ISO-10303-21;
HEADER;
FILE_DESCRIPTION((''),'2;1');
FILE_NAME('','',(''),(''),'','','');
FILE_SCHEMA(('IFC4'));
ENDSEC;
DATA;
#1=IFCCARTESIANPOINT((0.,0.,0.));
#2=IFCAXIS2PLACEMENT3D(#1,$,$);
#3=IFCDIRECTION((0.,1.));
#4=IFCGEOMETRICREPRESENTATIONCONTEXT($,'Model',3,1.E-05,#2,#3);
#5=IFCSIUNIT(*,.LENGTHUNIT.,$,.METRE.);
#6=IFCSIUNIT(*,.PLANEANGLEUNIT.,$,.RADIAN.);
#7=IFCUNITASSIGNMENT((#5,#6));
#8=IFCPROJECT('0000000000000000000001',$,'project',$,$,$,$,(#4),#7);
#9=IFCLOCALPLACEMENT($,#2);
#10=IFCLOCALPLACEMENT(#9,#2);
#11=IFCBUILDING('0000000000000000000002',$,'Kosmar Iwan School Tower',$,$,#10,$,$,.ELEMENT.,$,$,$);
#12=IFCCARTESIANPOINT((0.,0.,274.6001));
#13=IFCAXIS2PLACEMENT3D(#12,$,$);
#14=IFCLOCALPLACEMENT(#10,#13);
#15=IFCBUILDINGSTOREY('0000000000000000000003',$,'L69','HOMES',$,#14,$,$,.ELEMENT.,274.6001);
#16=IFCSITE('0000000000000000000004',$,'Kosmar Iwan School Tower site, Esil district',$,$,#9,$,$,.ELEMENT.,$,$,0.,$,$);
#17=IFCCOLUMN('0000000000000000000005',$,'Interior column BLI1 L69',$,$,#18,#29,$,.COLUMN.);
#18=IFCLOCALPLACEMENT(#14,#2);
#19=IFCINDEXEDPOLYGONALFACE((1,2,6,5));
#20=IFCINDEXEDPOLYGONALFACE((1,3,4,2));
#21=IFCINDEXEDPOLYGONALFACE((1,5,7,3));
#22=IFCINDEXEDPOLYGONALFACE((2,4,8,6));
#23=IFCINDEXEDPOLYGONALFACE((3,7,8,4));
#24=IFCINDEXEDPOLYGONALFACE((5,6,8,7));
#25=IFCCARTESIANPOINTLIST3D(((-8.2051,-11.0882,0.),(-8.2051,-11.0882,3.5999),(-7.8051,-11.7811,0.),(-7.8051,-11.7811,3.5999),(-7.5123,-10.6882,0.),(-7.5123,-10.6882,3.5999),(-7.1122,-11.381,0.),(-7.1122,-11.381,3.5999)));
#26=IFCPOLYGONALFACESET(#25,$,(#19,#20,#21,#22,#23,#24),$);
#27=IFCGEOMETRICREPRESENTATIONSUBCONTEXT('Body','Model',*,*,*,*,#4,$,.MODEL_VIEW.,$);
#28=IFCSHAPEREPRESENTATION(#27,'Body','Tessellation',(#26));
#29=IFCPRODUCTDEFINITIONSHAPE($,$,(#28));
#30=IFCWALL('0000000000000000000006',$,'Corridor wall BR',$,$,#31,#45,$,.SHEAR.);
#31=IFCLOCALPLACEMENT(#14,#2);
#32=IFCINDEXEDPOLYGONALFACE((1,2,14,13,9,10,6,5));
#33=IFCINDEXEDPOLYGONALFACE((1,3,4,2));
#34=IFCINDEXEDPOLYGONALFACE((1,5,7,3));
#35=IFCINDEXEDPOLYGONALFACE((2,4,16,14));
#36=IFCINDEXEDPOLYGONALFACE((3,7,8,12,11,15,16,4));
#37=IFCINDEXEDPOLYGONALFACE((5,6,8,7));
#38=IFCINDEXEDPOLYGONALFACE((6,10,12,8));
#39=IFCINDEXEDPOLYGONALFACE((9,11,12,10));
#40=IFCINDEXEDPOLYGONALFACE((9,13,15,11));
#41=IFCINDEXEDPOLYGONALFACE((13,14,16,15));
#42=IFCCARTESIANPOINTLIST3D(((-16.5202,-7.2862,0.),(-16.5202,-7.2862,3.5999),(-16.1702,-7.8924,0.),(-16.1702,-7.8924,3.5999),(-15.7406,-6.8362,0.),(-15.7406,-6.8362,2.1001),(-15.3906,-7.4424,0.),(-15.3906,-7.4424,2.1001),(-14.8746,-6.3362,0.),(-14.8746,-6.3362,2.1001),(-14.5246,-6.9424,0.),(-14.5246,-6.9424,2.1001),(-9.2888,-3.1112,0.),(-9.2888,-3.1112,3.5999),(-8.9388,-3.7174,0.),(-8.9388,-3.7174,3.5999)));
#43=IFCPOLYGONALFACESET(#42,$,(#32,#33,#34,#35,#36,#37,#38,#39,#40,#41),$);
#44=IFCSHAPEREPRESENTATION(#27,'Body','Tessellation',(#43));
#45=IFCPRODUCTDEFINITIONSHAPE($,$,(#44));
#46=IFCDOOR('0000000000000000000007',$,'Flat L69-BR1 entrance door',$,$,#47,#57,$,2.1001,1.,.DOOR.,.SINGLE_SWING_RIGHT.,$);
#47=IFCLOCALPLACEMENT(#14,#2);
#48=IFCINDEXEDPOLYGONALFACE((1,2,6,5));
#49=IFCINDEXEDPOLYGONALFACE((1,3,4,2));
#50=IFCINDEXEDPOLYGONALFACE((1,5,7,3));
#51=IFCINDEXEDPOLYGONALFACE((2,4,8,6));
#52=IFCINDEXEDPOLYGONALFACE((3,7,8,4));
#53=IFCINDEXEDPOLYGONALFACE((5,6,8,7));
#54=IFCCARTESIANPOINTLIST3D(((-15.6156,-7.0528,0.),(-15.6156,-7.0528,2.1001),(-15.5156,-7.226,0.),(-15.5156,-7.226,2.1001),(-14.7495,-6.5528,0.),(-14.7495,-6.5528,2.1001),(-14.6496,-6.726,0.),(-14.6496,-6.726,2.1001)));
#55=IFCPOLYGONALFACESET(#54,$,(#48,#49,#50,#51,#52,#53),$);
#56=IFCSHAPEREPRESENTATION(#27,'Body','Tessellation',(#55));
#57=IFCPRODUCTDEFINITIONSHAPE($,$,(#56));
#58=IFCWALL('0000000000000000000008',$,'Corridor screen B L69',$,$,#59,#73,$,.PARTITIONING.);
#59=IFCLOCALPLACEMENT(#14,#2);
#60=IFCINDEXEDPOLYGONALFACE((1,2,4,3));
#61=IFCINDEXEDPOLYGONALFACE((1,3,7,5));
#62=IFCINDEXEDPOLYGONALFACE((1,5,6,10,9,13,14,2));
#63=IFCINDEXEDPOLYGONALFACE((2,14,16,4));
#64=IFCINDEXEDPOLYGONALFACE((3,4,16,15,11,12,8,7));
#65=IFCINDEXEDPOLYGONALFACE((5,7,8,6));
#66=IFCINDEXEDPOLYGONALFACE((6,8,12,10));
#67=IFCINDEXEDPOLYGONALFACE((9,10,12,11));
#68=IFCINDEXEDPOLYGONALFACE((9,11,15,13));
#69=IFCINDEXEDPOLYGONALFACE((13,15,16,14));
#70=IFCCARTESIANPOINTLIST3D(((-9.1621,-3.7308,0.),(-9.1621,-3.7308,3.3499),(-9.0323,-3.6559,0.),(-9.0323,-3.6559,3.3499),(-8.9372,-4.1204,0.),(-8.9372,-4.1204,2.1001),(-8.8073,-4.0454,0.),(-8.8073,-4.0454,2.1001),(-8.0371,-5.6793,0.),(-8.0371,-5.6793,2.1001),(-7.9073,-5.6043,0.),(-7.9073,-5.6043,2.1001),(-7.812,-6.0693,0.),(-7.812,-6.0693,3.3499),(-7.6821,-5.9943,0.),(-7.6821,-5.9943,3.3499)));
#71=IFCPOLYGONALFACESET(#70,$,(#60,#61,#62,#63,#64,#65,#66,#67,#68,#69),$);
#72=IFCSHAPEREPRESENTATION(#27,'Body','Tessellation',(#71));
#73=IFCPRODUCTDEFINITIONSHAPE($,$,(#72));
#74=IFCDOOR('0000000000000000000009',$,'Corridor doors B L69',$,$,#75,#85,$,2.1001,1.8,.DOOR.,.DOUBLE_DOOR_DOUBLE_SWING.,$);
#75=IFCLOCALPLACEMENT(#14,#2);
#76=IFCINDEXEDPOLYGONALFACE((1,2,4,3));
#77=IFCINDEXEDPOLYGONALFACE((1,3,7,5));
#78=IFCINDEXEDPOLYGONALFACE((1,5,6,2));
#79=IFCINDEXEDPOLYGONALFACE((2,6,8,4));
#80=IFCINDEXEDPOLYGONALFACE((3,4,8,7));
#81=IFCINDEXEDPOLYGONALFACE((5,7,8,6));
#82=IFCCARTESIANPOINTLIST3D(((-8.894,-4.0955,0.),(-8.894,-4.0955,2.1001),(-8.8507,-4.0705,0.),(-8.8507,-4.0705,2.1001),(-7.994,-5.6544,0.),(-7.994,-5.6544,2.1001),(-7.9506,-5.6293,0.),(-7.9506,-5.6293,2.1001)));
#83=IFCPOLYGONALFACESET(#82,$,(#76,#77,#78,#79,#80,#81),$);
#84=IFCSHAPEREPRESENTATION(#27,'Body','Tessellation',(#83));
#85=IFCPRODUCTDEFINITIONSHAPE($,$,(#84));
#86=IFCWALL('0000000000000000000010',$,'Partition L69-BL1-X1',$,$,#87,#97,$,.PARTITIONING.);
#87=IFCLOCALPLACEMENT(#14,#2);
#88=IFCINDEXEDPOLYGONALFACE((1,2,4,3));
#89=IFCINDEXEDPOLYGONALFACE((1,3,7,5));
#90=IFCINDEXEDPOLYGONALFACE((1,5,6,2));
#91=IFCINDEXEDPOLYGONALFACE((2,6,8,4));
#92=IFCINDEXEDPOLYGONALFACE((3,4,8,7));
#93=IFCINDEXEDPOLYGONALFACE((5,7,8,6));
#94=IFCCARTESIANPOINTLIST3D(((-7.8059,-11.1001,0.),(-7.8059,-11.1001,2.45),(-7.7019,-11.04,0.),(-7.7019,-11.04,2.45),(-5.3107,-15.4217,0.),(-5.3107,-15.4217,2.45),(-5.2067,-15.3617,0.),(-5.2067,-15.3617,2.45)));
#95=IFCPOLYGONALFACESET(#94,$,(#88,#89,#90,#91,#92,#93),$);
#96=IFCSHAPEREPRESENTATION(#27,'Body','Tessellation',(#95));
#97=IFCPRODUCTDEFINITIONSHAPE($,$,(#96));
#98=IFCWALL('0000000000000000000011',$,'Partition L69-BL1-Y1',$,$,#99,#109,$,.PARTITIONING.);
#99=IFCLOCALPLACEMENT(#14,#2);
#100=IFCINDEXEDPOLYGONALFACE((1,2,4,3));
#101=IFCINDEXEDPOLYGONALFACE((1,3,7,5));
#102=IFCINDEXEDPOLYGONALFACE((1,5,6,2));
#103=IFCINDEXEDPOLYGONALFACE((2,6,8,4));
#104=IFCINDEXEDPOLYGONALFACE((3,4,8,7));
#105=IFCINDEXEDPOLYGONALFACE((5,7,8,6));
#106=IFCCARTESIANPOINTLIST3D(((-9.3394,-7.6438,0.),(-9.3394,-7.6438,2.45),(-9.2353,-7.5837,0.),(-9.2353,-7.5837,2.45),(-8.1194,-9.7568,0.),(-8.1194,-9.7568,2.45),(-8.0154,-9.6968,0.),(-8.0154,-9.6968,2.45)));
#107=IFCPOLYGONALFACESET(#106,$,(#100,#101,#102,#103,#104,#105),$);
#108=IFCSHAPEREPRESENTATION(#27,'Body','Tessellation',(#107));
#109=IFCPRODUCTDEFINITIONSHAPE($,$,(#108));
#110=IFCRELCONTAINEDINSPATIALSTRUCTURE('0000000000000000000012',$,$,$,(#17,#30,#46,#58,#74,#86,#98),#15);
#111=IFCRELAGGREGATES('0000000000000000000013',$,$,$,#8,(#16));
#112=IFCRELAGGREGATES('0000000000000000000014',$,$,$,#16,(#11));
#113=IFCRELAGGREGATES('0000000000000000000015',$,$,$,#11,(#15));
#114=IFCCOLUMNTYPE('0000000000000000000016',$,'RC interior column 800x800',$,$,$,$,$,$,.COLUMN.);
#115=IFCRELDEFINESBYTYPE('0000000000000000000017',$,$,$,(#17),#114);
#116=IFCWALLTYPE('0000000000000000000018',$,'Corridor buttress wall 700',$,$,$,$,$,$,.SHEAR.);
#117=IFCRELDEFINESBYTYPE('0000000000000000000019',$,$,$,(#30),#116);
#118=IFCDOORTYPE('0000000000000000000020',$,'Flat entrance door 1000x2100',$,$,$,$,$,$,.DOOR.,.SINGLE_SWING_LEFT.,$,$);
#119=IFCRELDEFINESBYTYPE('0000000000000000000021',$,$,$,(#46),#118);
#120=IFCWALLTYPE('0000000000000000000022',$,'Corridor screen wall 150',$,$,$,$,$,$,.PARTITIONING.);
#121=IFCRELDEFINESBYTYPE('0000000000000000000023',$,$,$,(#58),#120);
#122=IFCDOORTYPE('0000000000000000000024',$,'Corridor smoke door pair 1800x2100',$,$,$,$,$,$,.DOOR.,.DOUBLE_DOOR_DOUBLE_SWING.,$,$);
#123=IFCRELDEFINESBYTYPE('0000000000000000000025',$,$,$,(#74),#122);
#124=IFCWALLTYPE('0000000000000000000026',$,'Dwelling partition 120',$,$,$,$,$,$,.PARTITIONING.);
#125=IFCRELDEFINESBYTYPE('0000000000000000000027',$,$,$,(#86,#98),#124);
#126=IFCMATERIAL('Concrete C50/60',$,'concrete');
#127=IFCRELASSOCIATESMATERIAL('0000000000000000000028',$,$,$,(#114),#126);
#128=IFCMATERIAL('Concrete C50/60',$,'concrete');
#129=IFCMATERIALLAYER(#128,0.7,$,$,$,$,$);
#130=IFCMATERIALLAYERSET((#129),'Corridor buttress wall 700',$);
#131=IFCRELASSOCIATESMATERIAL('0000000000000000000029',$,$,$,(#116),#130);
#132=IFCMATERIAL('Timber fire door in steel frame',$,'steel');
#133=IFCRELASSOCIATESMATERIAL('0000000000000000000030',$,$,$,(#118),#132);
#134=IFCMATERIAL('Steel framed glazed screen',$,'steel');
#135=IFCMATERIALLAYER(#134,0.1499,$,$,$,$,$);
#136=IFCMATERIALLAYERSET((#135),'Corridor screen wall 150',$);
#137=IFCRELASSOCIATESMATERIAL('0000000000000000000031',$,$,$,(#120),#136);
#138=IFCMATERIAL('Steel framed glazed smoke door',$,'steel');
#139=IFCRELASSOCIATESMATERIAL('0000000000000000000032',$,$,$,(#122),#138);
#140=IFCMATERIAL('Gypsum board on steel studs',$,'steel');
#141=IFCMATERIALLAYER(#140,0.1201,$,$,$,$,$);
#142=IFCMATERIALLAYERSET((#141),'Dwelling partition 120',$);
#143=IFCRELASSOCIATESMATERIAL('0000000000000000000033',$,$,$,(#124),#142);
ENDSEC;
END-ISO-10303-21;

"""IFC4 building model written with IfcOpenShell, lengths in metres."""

from ifc_helpers import new_model, si_unit, direction, frame, frame_2d, origin, origin_2d, place, context, subcontext, project, spatial, rectangle, extrude, material, layer, layer_set, material_profile, profile_set, type_object, element, fill, save


model = new_model("IFC4")

# Units and contexts
model_context = context("Model", 3, precision=1e-05, world=origin(), true_north=direction((0.0, 1.0)))
body_context = subcontext(model_context, "Body", "Model", "MODEL_VIEW")
ifc_project = project(units=[si_unit("LENGTHUNIT", "METRE"), si_unit("PLANEANGLEUNIT", "RADIAN")], contexts=[model_context])

# Site, building, storey
site_placement = place(None, origin())
site = spatial("IfcSite", under=ifc_project, at=site_placement, Name="Kosmar Iwan School Tower site, Esil district", CompositionType="ELEMENT", RefElevation=0.0)
building_placement = place(site_placement, origin())
building = spatial("IfcBuilding", under=site, at=building_placement, Name="Kosmar Iwan School Tower", CompositionType="ELEMENT")
storey_placement = place(building_placement, frame((0.0, 0.0, 274.6001)))
storey = spatial("IfcBuildingStorey", under=building, at=storey_placement, Name="L69", Description="HOMES", CompositionType="ELEMENT", Elevation=274.6001)

# Column
ifc_material_1 = material(Name="Concrete C50/60", Category="concrete")
ifc_material_profile = material_profile(ifc_material_1, rectangle(XDim=0.8, YDim=0.8, at=origin_2d()), Name="RC 800x800")
ifc_profile_set = profile_set([ifc_material_profile], Name="Concrete C50/60")
column_type = type_object("IfcColumnType", Name="RC interior column 800x800", PredefinedType="COLUMN", material=ifc_profile_set)
column_placement = place(storey_placement, frame((-7.6587, -11.2346, 0.0), z_axis=(0.0, 0.0, 1.0), x_axis=(-0.866025, -0.5, 0.0)))
element("IfcColumn", 1, at=column_placement, inside=storey, type_object=column_type, Name="Interior column BLI1 L69", PredefinedType="COLUMN", context=body_context, shape_type="SweptSolid", body=[
    extrude(rectangle(XDim=0.8, YDim=0.8, at=origin_2d()), origin(), (0.0, 0.0, 1.0), 3.5999),
])

# Walls, openings, doors
ifc_material_2 = material(Name="Concrete C50/60", Category="concrete")
ifc_layer_1 = layer(ifc_material_2, 0.7)
ifc_layer_set_1 = layer_set([ifc_layer_1], Name="Corridor buttress wall 700")
wall_type_1 = type_object("IfcWallType", Name="Corridor buttress wall 700", PredefinedType="SHEAR", material=ifc_layer_set_1)
wall_1_placement = place(storey_placement, frame((-9.1138, -3.4143, 0.0), z_axis=(0.0, 0.0, 1.0), x_axis=(-0.866027, -0.499997, 0.0)))
wall_1 = element("IfcWall", 2, at=wall_1_placement, inside=storey, type_object=wall_type_1, Name="Corridor wall BR", PredefinedType="SHEAR", context=body_context, shape_type="SweptSolid", body=[
    extrude(rectangle(XDim=8.3501, YDim=0.7, at=frame_2d((4.175, 0.0))), origin(), (0.0, 0.0, 1.0), 3.5999),
])
opening_1_placement = place(wall_1_placement, frame((6.45, 0.0, 0.0)))
opening_1 = element("IfcOpeningElement", 3, at=opening_1_placement, cuts=wall_1, PredefinedType="OPENING", context=body_context, shape_type="SweptSolid", body=[
    extrude(rectangle(XDim=1.0, YDim=2.1001, at=frame_2d((0.5, 1.05))), frame((0.0, 0.3621, 0.0), z_axis=(0.0, -1.0, 0.0), x_axis=(1.0, 0.0, 0.0)), (0.0, 0.0, 1.0), 0.7239),
])
ifc_material_3 = material(Name="Timber fire door in steel frame", Category="steel")
door_type_1 = type_object("IfcDoorType", Name="Flat entrance door 1000x2100", OperationType="SINGLE_SWING_LEFT", PredefinedType="DOOR", material=ifc_material_3)
door_1_placement = place(opening_1_placement, origin())
door_1 = element("IfcDoor", 4, at=door_1_placement, inside=storey, type_object=door_type_1, Name="Flat L69-BR1 entrance door", OperationType="SINGLE_SWING_RIGHT", OverallHeight=2.1001, OverallWidth=1.0, PredefinedType="DOOR", context=body_context, shape_type="SweptSolid", body=[
    extrude(rectangle(XDim=1.0, YDim=2.1001, at=frame_2d((0.5, 1.05))), frame((0.0, 0.1001, 0.0), z_axis=(0.0, -1.0, 0.0), x_axis=(1.0, 0.0, 0.0)), (0.0, 0.0, 1.0), 0.2),
])
fill(opening_1, door_1)
ifc_material_4 = material(Name="Steel framed glazed screen", Category="steel")
ifc_layer_2 = layer(ifc_material_4, 0.1499)
ifc_layer_set_2 = layer_set([ifc_layer_2], Name="Corridor screen wall 150")
wall_type_2 = type_object("IfcWallType", Name="Corridor screen wall 150", PredefinedType="PARTITIONING", material=ifc_layer_set_2)
wall_2_placement = place(storey_placement, frame((-9.0972, -3.6934, 0.0), z_axis=(0.0, 0.0, 1.0), x_axis=(0.500009, -0.86602, 0.0)))
wall_2 = element("IfcWall", 5, at=wall_2_placement, inside=storey, type_object=wall_type_2, Name="Corridor screen B L69", PredefinedType="PARTITIONING", context=body_context, shape_type="SweptSolid", body=[
    extrude(rectangle(XDim=2.7002, YDim=0.1499, at=frame_2d((1.3501, 0.0))), origin(), (0.0, 0.0, 1.0), 3.3499),
])
opening_2_placement = place(wall_2_placement, frame((0.45, 0.0, 0.0)))
opening_2 = element("IfcOpeningElement", 6, at=opening_2_placement, cuts=wall_2, PredefinedType="OPENING", context=body_context, shape_type="SweptSolid", body=[
    extrude(rectangle(XDim=1.8, YDim=2.1001, at=frame_2d((0.8999, 1.05))), frame((0.0, 0.0869, 0.0), z_axis=(0.0, -1.0, 0.0), x_axis=(1.0, 0.0, 0.0)), (0.0, 0.0, 1.0), 0.1738),
])
ifc_material_5 = material(Name="Steel framed glazed smoke door", Category="steel")
door_type_2 = type_object("IfcDoorType", Name="Corridor smoke door pair 1800x2100", OperationType="DOUBLE_DOOR_DOUBLE_SWING", PredefinedType="DOOR", material=ifc_material_5)
door_2_placement = place(opening_2_placement, origin())
door_2 = element("IfcDoor", 7, at=door_2_placement, inside=storey, type_object=door_type_2, Name="Corridor doors B L69", OperationType="DOUBLE_DOOR_DOUBLE_SWING", OverallHeight=2.1001, OverallWidth=1.8, PredefinedType="DOOR", context=body_context, shape_type="SweptSolid", body=[
    extrude(rectangle(XDim=1.8, YDim=2.1001, at=frame_2d((0.8999, 1.05))), frame((0.0, 0.0249, 0.0), z_axis=(0.0, -1.0, 0.0), x_axis=(1.0, 0.0, 0.0)), (0.0, 0.0, 1.0), 0.05),
])
fill(opening_2, door_2)

# Walls
ifc_material_6 = material(Name="Gypsum board on steel studs", Category="steel")
ifc_layer_3 = layer(ifc_material_6, 0.1201)
ifc_layer_set_3 = layer_set([ifc_layer_3], Name="Dwelling partition 120")
wall_type_3 = type_object("IfcWallType", Name="Dwelling partition 120", PredefinedType="PARTITIONING", material=ifc_layer_set_3)
wall_3_placement = place(storey_placement, frame((-7.7539, -11.0701, 0.0), z_axis=(0.0, 0.0, 1.0), x_axis=(0.500012, -0.866019, 0.0)))
element("IfcWall", 8, at=wall_3_placement, inside=storey, type_object=wall_type_3, Name="Partition L69-BL1-X1", PredefinedType="PARTITIONING", context=body_context, shape_type="SweptSolid", body=[
    extrude(rectangle(XDim=4.9902, YDim=0.1201, at=frame_2d((2.4951, 0.0))), origin(), (0.0, 0.0, 1.0), 2.45),
])
wall_4_placement = place(storey_placement, frame((-9.2874, -7.6138, 0.0), z_axis=(0.0, 0.0, 1.0), x_axis=(0.500003, -0.866024, 0.0)))
element("IfcWall", 9, at=wall_4_placement, inside=storey, type_object=wall_type_3, Name="Partition L69-BL1-Y1", PredefinedType="PARTITIONING", context=body_context, shape_type="SweptSolid", body=[
    extrude(rectangle(XDim=2.4399, YDim=0.1201, at=frame_2d((1.22, 0.0))), origin(), (0.0, 0.0, 1.0), 2.45),
])

save(model, "model.ifc")
